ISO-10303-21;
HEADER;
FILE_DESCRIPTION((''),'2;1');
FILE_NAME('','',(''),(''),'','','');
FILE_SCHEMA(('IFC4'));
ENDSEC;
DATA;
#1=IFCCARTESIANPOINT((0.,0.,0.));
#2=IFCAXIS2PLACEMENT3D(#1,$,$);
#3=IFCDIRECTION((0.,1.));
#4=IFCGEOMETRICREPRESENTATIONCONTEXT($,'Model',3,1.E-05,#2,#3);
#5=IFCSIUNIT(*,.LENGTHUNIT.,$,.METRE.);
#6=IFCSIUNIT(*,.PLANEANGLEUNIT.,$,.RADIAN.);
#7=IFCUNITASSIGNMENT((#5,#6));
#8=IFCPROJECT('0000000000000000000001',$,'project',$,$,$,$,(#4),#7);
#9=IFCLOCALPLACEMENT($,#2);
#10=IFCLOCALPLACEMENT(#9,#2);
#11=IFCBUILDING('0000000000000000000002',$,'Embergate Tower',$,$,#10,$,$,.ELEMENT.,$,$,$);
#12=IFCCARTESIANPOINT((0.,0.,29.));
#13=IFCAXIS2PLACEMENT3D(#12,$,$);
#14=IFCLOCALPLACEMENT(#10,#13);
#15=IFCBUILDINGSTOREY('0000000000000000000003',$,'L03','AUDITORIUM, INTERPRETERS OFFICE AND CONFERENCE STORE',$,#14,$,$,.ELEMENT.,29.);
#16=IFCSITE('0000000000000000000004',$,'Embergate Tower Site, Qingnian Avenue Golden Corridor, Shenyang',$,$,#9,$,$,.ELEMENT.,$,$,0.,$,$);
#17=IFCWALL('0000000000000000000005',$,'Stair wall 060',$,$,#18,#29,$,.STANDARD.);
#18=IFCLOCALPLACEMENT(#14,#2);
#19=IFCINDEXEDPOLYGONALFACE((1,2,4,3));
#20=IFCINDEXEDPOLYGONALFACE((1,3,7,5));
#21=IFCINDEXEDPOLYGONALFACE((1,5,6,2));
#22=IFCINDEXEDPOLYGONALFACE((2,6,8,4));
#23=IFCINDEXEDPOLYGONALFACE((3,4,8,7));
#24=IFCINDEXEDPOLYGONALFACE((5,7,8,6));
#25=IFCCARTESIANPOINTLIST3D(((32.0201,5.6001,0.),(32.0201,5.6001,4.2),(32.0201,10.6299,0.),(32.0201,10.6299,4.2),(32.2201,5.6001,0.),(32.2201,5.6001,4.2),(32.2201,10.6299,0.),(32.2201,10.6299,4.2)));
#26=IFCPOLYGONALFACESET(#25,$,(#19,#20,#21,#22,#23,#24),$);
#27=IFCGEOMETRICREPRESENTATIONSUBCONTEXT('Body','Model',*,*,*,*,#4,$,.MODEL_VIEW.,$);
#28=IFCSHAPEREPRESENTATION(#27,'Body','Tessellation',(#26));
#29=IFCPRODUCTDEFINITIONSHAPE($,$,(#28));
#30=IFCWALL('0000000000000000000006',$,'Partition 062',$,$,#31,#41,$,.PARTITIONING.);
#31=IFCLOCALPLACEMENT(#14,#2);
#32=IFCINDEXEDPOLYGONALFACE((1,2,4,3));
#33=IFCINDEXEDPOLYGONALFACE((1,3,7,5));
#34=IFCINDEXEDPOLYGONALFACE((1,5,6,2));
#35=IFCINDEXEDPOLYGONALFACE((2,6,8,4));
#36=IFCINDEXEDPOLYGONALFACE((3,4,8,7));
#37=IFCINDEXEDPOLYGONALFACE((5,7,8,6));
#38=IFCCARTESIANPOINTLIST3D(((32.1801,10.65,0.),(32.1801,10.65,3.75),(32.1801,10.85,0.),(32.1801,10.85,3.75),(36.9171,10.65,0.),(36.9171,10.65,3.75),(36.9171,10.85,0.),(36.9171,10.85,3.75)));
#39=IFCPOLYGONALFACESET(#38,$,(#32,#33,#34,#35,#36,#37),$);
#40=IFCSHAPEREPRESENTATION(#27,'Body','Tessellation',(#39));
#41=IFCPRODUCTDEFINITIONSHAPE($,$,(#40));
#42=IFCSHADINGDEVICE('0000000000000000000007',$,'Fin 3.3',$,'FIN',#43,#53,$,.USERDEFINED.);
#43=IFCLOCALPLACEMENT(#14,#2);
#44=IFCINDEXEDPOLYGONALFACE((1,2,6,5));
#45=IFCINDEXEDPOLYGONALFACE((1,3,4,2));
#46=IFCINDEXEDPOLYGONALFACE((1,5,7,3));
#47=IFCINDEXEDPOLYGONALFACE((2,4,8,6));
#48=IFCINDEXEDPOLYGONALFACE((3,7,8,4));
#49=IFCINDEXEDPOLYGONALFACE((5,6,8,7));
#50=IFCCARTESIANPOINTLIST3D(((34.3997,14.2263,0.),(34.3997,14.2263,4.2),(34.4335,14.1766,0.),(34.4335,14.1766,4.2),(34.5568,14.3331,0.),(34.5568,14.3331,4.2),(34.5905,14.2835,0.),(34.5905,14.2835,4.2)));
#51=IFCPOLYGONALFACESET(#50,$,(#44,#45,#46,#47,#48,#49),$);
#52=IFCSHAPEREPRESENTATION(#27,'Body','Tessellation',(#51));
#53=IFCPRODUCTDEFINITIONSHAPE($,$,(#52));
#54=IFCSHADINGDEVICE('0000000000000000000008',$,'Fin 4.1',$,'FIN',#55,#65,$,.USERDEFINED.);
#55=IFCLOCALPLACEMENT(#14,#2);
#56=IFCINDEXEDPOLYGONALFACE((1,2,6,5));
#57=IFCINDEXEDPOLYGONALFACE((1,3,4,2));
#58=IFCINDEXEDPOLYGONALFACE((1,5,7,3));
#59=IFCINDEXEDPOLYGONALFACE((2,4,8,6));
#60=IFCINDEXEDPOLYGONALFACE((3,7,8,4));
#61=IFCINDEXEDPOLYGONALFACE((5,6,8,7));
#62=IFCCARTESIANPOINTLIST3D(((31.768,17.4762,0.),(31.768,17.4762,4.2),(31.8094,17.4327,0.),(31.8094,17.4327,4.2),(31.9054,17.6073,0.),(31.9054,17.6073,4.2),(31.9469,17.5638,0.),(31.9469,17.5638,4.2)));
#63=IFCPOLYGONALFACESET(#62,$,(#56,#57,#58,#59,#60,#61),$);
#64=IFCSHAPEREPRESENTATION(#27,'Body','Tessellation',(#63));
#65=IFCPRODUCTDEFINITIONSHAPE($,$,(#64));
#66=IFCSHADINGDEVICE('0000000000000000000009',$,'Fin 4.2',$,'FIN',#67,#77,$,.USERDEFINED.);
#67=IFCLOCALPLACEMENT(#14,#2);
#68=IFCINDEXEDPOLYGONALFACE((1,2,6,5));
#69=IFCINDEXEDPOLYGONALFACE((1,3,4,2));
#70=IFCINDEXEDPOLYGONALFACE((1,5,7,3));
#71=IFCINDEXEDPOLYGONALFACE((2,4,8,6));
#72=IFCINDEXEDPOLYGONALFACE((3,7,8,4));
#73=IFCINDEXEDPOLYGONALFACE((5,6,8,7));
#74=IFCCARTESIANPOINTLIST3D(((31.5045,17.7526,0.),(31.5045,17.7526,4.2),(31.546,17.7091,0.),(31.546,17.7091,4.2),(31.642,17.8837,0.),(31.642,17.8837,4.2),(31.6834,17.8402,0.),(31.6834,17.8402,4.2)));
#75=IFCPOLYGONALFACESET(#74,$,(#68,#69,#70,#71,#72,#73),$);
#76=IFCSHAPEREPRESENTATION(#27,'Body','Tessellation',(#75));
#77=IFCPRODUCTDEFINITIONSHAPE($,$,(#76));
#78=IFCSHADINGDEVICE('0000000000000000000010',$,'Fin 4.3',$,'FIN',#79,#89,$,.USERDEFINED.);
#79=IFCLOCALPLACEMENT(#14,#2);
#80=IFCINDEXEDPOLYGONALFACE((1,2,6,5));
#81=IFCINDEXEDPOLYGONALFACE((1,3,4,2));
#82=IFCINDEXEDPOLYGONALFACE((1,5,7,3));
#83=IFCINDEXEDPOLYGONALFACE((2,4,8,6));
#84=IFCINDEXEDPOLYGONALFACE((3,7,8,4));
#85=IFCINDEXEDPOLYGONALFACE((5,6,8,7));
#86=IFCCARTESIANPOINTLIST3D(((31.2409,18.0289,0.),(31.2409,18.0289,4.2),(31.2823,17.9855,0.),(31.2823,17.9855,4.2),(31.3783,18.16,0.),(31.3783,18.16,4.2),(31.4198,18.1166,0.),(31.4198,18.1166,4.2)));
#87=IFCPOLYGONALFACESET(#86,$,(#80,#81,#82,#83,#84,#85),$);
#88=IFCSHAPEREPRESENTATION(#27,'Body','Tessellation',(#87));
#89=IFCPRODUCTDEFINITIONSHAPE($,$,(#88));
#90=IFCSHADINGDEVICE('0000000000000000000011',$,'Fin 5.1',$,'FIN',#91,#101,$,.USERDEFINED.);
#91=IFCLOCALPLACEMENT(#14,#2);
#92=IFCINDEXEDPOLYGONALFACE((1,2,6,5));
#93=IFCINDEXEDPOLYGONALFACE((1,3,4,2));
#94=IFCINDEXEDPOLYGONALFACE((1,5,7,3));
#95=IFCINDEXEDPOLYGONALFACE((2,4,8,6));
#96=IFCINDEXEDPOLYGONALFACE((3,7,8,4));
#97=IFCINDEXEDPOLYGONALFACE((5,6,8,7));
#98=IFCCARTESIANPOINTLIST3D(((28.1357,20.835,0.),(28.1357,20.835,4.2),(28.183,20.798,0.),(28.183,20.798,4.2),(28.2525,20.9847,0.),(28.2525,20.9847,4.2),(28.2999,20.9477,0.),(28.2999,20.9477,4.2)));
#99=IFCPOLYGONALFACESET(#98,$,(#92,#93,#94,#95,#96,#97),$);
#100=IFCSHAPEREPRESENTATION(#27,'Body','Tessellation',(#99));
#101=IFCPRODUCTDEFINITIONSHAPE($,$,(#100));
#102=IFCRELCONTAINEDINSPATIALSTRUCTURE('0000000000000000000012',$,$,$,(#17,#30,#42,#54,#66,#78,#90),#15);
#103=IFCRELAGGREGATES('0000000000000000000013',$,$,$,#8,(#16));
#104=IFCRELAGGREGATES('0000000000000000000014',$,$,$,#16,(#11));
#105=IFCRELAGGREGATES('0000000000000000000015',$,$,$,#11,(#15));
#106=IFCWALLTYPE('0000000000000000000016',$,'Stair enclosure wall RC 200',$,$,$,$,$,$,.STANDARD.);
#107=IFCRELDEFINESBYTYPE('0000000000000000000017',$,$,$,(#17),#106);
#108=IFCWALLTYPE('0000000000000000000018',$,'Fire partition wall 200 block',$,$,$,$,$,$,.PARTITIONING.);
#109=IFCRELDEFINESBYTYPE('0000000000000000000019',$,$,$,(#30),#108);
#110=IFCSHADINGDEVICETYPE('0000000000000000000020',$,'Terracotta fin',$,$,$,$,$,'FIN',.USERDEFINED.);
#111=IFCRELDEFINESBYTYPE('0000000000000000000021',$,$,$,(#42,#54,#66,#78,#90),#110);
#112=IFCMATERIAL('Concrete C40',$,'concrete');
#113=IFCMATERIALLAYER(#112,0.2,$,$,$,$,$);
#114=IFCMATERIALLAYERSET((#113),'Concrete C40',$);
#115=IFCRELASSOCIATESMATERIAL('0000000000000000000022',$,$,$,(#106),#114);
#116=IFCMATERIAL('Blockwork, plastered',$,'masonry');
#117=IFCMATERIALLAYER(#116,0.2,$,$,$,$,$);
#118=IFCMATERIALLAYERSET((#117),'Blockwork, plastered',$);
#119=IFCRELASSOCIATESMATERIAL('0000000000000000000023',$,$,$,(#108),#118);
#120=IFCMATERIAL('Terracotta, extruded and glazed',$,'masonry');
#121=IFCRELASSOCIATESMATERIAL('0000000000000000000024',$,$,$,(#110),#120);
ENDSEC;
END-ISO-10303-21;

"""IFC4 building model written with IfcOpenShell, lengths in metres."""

from ifc_helpers import new_model, si_unit, direction, frame, frame_2d, origin, origin_2d, place, context, subcontext, project, spatial, rectangle, extrude, source, transform, mapped, material, layer, layer_set, material_profile, profile_set, type_object, element, save


model = new_model("IFC4")

# Units and contexts
model_context = context("Model", 3, precision=1e-05, world=origin(), true_north=direction((0.0, 1.0)))
body_context = subcontext(model_context, "Body", "Model", "MODEL_VIEW")
ifc_project = project(units=[si_unit("LENGTHUNIT", "METRE"), si_unit("PLANEANGLEUNIT", "RADIAN")], contexts=[model_context])

# Site, building, storey
site_placement = place(None, origin())
site = spatial("IfcSite", under=ifc_project, at=site_placement, Name="Embergate Tower Site, Qingnian Avenue Golden Corridor, Shenyang", CompositionType="ELEMENT", RefElevation=0.0)
building_placement = place(site_placement, origin())
building = spatial("IfcBuilding", under=site, at=building_placement, Name="Embergate Tower", CompositionType="ELEMENT")
storey_placement = place(building_placement, frame((0.0, 0.0, 29.0)))
storey = spatial("IfcBuildingStorey", under=building, at=storey_placement, Name="L03", Description="AUDITORIUM, INTERPRETERS OFFICE AND CONFERENCE STORE", CompositionType="ELEMENT", Elevation=29.0)

# Walls
ifc_material_1 = material(Name="Concrete C40", Category="concrete")
ifc_layer_1 = layer(ifc_material_1, 0.2)
ifc_layer_set_1 = layer_set([ifc_layer_1], Name="Concrete C40")
wall_type_1 = type_object("IfcWallType", Name="Stair enclosure wall RC 200", PredefinedType="STANDARD", material=ifc_layer_set_1)
shared_shape_1 = source(origin(), body_context, "Body", "SweptSolid", [
    extrude(rectangle(XDim=5.0298, YDim=0.2, at=frame_2d((2.5149, 0.0))), origin(), (0.0, 0.0, 1.0), 4.2),
])
wall_1_placement = place(storey_placement, frame((32.1201, 5.6001, 0.0), z_axis=(0.0, 0.0, 1.0), x_axis=(0.0, 1.0, 0.0)))
element("IfcWall", 1, at=wall_1_placement, inside=storey, type_object=wall_type_1, Name="Stair wall 060", PredefinedType="STANDARD", context=body_context, shape_type="MappedRepresentation", body=[
    mapped(shared_shape_1, transform((0.0, 0.0, 0.0))),
])
ifc_material_2 = material(Name="Blockwork, plastered", Category="masonry")
ifc_layer_2 = layer(ifc_material_2, 0.2)
ifc_layer_set_2 = layer_set([ifc_layer_2], Name="Blockwork, plastered")
wall_type_2 = type_object("IfcWallType", Name="Fire partition wall 200 block", PredefinedType="PARTITIONING", material=ifc_layer_set_2)
shared_shape_2 = source(origin(), body_context, "Body", "SweptSolid", [
    extrude(rectangle(XDim=4.7371, YDim=0.2, at=frame_2d((2.3687, 0.0))), origin(), (0.0, 0.0, 1.0), 3.75),
])
wall_2_placement = place(storey_placement, frame((32.1799, 10.75, 0.0), z_axis=(0.0, 0.0, 1.0), x_axis=(1.0, 0.0, 0.0)))
element("IfcWall", 2, at=wall_2_placement, inside=storey, type_object=wall_type_2, Name="Partition 062", PredefinedType="PARTITIONING", context=body_context, shape_type="MappedRepresentation", body=[
    mapped(shared_shape_2, transform((0.0, 0.0, 0.0))),
])

# Shading devices
ifc_material_3 = material(Name="Terracotta, extruded and glazed", Category="masonry")
ifc_material_profile_1 = material_profile(ifc_material_3, rectangle(XDim=0.1899, YDim=0.0601, at=origin_2d()), Name="TC 190x60")
ifc_profile_set_1 = profile_set([ifc_material_profile_1], Name="Terracotta, extruded and glazed")
shading_device_type = type_object("IfcShadingDeviceType", Name="Terracotta fin", ElementType="FIN", PredefinedType="USERDEFINED", material=ifc_profile_set_1)
shared_shape_3 = source(origin(), body_context, "Body", "SweptSolid", [
    extrude(rectangle(XDim=0.1899, YDim=0.0601, at=origin_2d()), origin(), (0.0, 0.0, 1.0), 4.2),
])
for number, where, z_axis, x_axis, name in (
    (3, (34.4951, 14.2549, 0.0), (0.0, 0.0, 1.0), (-0.826911, -0.562333, 0.0), "Fin 3.3"),
    (4, (31.8574, 17.52, 0.0), (0.0, 0.0, 1.0), (-0.72369, -0.690125, 0.0), "Fin 4.1"),
    (5, (31.594, 17.7964, 0.0), (0.0, 0.0, 1.0), (-0.72369, -0.690125, 0.0), "Fin 4.2"),
    (6, (31.3303, 18.0728, 0.0), (0.0, 0.0, 1.0), (-0.72369, -0.690125, 0.0), "Fin 4.3"),
    (7, (28.2178, 20.8914, 0.0), (0.0, 0.0, 1.0), (-0.615275, -0.788313, 0.0), "Fin 5.1"),
):
    element("IfcShadingDevice", number, at=place(storey_placement, frame(where, z_axis=z_axis, x_axis=x_axis)), inside=storey, type_object=shading_device_type, Name=name, ObjectType="FIN", PredefinedType="USERDEFINED", context=body_context, shape_type="MappedRepresentation", body=[
        mapped(shared_shape_3, transform((0.0, 0.0, 0.0))),
    ])

save(model, "model.ifc")
